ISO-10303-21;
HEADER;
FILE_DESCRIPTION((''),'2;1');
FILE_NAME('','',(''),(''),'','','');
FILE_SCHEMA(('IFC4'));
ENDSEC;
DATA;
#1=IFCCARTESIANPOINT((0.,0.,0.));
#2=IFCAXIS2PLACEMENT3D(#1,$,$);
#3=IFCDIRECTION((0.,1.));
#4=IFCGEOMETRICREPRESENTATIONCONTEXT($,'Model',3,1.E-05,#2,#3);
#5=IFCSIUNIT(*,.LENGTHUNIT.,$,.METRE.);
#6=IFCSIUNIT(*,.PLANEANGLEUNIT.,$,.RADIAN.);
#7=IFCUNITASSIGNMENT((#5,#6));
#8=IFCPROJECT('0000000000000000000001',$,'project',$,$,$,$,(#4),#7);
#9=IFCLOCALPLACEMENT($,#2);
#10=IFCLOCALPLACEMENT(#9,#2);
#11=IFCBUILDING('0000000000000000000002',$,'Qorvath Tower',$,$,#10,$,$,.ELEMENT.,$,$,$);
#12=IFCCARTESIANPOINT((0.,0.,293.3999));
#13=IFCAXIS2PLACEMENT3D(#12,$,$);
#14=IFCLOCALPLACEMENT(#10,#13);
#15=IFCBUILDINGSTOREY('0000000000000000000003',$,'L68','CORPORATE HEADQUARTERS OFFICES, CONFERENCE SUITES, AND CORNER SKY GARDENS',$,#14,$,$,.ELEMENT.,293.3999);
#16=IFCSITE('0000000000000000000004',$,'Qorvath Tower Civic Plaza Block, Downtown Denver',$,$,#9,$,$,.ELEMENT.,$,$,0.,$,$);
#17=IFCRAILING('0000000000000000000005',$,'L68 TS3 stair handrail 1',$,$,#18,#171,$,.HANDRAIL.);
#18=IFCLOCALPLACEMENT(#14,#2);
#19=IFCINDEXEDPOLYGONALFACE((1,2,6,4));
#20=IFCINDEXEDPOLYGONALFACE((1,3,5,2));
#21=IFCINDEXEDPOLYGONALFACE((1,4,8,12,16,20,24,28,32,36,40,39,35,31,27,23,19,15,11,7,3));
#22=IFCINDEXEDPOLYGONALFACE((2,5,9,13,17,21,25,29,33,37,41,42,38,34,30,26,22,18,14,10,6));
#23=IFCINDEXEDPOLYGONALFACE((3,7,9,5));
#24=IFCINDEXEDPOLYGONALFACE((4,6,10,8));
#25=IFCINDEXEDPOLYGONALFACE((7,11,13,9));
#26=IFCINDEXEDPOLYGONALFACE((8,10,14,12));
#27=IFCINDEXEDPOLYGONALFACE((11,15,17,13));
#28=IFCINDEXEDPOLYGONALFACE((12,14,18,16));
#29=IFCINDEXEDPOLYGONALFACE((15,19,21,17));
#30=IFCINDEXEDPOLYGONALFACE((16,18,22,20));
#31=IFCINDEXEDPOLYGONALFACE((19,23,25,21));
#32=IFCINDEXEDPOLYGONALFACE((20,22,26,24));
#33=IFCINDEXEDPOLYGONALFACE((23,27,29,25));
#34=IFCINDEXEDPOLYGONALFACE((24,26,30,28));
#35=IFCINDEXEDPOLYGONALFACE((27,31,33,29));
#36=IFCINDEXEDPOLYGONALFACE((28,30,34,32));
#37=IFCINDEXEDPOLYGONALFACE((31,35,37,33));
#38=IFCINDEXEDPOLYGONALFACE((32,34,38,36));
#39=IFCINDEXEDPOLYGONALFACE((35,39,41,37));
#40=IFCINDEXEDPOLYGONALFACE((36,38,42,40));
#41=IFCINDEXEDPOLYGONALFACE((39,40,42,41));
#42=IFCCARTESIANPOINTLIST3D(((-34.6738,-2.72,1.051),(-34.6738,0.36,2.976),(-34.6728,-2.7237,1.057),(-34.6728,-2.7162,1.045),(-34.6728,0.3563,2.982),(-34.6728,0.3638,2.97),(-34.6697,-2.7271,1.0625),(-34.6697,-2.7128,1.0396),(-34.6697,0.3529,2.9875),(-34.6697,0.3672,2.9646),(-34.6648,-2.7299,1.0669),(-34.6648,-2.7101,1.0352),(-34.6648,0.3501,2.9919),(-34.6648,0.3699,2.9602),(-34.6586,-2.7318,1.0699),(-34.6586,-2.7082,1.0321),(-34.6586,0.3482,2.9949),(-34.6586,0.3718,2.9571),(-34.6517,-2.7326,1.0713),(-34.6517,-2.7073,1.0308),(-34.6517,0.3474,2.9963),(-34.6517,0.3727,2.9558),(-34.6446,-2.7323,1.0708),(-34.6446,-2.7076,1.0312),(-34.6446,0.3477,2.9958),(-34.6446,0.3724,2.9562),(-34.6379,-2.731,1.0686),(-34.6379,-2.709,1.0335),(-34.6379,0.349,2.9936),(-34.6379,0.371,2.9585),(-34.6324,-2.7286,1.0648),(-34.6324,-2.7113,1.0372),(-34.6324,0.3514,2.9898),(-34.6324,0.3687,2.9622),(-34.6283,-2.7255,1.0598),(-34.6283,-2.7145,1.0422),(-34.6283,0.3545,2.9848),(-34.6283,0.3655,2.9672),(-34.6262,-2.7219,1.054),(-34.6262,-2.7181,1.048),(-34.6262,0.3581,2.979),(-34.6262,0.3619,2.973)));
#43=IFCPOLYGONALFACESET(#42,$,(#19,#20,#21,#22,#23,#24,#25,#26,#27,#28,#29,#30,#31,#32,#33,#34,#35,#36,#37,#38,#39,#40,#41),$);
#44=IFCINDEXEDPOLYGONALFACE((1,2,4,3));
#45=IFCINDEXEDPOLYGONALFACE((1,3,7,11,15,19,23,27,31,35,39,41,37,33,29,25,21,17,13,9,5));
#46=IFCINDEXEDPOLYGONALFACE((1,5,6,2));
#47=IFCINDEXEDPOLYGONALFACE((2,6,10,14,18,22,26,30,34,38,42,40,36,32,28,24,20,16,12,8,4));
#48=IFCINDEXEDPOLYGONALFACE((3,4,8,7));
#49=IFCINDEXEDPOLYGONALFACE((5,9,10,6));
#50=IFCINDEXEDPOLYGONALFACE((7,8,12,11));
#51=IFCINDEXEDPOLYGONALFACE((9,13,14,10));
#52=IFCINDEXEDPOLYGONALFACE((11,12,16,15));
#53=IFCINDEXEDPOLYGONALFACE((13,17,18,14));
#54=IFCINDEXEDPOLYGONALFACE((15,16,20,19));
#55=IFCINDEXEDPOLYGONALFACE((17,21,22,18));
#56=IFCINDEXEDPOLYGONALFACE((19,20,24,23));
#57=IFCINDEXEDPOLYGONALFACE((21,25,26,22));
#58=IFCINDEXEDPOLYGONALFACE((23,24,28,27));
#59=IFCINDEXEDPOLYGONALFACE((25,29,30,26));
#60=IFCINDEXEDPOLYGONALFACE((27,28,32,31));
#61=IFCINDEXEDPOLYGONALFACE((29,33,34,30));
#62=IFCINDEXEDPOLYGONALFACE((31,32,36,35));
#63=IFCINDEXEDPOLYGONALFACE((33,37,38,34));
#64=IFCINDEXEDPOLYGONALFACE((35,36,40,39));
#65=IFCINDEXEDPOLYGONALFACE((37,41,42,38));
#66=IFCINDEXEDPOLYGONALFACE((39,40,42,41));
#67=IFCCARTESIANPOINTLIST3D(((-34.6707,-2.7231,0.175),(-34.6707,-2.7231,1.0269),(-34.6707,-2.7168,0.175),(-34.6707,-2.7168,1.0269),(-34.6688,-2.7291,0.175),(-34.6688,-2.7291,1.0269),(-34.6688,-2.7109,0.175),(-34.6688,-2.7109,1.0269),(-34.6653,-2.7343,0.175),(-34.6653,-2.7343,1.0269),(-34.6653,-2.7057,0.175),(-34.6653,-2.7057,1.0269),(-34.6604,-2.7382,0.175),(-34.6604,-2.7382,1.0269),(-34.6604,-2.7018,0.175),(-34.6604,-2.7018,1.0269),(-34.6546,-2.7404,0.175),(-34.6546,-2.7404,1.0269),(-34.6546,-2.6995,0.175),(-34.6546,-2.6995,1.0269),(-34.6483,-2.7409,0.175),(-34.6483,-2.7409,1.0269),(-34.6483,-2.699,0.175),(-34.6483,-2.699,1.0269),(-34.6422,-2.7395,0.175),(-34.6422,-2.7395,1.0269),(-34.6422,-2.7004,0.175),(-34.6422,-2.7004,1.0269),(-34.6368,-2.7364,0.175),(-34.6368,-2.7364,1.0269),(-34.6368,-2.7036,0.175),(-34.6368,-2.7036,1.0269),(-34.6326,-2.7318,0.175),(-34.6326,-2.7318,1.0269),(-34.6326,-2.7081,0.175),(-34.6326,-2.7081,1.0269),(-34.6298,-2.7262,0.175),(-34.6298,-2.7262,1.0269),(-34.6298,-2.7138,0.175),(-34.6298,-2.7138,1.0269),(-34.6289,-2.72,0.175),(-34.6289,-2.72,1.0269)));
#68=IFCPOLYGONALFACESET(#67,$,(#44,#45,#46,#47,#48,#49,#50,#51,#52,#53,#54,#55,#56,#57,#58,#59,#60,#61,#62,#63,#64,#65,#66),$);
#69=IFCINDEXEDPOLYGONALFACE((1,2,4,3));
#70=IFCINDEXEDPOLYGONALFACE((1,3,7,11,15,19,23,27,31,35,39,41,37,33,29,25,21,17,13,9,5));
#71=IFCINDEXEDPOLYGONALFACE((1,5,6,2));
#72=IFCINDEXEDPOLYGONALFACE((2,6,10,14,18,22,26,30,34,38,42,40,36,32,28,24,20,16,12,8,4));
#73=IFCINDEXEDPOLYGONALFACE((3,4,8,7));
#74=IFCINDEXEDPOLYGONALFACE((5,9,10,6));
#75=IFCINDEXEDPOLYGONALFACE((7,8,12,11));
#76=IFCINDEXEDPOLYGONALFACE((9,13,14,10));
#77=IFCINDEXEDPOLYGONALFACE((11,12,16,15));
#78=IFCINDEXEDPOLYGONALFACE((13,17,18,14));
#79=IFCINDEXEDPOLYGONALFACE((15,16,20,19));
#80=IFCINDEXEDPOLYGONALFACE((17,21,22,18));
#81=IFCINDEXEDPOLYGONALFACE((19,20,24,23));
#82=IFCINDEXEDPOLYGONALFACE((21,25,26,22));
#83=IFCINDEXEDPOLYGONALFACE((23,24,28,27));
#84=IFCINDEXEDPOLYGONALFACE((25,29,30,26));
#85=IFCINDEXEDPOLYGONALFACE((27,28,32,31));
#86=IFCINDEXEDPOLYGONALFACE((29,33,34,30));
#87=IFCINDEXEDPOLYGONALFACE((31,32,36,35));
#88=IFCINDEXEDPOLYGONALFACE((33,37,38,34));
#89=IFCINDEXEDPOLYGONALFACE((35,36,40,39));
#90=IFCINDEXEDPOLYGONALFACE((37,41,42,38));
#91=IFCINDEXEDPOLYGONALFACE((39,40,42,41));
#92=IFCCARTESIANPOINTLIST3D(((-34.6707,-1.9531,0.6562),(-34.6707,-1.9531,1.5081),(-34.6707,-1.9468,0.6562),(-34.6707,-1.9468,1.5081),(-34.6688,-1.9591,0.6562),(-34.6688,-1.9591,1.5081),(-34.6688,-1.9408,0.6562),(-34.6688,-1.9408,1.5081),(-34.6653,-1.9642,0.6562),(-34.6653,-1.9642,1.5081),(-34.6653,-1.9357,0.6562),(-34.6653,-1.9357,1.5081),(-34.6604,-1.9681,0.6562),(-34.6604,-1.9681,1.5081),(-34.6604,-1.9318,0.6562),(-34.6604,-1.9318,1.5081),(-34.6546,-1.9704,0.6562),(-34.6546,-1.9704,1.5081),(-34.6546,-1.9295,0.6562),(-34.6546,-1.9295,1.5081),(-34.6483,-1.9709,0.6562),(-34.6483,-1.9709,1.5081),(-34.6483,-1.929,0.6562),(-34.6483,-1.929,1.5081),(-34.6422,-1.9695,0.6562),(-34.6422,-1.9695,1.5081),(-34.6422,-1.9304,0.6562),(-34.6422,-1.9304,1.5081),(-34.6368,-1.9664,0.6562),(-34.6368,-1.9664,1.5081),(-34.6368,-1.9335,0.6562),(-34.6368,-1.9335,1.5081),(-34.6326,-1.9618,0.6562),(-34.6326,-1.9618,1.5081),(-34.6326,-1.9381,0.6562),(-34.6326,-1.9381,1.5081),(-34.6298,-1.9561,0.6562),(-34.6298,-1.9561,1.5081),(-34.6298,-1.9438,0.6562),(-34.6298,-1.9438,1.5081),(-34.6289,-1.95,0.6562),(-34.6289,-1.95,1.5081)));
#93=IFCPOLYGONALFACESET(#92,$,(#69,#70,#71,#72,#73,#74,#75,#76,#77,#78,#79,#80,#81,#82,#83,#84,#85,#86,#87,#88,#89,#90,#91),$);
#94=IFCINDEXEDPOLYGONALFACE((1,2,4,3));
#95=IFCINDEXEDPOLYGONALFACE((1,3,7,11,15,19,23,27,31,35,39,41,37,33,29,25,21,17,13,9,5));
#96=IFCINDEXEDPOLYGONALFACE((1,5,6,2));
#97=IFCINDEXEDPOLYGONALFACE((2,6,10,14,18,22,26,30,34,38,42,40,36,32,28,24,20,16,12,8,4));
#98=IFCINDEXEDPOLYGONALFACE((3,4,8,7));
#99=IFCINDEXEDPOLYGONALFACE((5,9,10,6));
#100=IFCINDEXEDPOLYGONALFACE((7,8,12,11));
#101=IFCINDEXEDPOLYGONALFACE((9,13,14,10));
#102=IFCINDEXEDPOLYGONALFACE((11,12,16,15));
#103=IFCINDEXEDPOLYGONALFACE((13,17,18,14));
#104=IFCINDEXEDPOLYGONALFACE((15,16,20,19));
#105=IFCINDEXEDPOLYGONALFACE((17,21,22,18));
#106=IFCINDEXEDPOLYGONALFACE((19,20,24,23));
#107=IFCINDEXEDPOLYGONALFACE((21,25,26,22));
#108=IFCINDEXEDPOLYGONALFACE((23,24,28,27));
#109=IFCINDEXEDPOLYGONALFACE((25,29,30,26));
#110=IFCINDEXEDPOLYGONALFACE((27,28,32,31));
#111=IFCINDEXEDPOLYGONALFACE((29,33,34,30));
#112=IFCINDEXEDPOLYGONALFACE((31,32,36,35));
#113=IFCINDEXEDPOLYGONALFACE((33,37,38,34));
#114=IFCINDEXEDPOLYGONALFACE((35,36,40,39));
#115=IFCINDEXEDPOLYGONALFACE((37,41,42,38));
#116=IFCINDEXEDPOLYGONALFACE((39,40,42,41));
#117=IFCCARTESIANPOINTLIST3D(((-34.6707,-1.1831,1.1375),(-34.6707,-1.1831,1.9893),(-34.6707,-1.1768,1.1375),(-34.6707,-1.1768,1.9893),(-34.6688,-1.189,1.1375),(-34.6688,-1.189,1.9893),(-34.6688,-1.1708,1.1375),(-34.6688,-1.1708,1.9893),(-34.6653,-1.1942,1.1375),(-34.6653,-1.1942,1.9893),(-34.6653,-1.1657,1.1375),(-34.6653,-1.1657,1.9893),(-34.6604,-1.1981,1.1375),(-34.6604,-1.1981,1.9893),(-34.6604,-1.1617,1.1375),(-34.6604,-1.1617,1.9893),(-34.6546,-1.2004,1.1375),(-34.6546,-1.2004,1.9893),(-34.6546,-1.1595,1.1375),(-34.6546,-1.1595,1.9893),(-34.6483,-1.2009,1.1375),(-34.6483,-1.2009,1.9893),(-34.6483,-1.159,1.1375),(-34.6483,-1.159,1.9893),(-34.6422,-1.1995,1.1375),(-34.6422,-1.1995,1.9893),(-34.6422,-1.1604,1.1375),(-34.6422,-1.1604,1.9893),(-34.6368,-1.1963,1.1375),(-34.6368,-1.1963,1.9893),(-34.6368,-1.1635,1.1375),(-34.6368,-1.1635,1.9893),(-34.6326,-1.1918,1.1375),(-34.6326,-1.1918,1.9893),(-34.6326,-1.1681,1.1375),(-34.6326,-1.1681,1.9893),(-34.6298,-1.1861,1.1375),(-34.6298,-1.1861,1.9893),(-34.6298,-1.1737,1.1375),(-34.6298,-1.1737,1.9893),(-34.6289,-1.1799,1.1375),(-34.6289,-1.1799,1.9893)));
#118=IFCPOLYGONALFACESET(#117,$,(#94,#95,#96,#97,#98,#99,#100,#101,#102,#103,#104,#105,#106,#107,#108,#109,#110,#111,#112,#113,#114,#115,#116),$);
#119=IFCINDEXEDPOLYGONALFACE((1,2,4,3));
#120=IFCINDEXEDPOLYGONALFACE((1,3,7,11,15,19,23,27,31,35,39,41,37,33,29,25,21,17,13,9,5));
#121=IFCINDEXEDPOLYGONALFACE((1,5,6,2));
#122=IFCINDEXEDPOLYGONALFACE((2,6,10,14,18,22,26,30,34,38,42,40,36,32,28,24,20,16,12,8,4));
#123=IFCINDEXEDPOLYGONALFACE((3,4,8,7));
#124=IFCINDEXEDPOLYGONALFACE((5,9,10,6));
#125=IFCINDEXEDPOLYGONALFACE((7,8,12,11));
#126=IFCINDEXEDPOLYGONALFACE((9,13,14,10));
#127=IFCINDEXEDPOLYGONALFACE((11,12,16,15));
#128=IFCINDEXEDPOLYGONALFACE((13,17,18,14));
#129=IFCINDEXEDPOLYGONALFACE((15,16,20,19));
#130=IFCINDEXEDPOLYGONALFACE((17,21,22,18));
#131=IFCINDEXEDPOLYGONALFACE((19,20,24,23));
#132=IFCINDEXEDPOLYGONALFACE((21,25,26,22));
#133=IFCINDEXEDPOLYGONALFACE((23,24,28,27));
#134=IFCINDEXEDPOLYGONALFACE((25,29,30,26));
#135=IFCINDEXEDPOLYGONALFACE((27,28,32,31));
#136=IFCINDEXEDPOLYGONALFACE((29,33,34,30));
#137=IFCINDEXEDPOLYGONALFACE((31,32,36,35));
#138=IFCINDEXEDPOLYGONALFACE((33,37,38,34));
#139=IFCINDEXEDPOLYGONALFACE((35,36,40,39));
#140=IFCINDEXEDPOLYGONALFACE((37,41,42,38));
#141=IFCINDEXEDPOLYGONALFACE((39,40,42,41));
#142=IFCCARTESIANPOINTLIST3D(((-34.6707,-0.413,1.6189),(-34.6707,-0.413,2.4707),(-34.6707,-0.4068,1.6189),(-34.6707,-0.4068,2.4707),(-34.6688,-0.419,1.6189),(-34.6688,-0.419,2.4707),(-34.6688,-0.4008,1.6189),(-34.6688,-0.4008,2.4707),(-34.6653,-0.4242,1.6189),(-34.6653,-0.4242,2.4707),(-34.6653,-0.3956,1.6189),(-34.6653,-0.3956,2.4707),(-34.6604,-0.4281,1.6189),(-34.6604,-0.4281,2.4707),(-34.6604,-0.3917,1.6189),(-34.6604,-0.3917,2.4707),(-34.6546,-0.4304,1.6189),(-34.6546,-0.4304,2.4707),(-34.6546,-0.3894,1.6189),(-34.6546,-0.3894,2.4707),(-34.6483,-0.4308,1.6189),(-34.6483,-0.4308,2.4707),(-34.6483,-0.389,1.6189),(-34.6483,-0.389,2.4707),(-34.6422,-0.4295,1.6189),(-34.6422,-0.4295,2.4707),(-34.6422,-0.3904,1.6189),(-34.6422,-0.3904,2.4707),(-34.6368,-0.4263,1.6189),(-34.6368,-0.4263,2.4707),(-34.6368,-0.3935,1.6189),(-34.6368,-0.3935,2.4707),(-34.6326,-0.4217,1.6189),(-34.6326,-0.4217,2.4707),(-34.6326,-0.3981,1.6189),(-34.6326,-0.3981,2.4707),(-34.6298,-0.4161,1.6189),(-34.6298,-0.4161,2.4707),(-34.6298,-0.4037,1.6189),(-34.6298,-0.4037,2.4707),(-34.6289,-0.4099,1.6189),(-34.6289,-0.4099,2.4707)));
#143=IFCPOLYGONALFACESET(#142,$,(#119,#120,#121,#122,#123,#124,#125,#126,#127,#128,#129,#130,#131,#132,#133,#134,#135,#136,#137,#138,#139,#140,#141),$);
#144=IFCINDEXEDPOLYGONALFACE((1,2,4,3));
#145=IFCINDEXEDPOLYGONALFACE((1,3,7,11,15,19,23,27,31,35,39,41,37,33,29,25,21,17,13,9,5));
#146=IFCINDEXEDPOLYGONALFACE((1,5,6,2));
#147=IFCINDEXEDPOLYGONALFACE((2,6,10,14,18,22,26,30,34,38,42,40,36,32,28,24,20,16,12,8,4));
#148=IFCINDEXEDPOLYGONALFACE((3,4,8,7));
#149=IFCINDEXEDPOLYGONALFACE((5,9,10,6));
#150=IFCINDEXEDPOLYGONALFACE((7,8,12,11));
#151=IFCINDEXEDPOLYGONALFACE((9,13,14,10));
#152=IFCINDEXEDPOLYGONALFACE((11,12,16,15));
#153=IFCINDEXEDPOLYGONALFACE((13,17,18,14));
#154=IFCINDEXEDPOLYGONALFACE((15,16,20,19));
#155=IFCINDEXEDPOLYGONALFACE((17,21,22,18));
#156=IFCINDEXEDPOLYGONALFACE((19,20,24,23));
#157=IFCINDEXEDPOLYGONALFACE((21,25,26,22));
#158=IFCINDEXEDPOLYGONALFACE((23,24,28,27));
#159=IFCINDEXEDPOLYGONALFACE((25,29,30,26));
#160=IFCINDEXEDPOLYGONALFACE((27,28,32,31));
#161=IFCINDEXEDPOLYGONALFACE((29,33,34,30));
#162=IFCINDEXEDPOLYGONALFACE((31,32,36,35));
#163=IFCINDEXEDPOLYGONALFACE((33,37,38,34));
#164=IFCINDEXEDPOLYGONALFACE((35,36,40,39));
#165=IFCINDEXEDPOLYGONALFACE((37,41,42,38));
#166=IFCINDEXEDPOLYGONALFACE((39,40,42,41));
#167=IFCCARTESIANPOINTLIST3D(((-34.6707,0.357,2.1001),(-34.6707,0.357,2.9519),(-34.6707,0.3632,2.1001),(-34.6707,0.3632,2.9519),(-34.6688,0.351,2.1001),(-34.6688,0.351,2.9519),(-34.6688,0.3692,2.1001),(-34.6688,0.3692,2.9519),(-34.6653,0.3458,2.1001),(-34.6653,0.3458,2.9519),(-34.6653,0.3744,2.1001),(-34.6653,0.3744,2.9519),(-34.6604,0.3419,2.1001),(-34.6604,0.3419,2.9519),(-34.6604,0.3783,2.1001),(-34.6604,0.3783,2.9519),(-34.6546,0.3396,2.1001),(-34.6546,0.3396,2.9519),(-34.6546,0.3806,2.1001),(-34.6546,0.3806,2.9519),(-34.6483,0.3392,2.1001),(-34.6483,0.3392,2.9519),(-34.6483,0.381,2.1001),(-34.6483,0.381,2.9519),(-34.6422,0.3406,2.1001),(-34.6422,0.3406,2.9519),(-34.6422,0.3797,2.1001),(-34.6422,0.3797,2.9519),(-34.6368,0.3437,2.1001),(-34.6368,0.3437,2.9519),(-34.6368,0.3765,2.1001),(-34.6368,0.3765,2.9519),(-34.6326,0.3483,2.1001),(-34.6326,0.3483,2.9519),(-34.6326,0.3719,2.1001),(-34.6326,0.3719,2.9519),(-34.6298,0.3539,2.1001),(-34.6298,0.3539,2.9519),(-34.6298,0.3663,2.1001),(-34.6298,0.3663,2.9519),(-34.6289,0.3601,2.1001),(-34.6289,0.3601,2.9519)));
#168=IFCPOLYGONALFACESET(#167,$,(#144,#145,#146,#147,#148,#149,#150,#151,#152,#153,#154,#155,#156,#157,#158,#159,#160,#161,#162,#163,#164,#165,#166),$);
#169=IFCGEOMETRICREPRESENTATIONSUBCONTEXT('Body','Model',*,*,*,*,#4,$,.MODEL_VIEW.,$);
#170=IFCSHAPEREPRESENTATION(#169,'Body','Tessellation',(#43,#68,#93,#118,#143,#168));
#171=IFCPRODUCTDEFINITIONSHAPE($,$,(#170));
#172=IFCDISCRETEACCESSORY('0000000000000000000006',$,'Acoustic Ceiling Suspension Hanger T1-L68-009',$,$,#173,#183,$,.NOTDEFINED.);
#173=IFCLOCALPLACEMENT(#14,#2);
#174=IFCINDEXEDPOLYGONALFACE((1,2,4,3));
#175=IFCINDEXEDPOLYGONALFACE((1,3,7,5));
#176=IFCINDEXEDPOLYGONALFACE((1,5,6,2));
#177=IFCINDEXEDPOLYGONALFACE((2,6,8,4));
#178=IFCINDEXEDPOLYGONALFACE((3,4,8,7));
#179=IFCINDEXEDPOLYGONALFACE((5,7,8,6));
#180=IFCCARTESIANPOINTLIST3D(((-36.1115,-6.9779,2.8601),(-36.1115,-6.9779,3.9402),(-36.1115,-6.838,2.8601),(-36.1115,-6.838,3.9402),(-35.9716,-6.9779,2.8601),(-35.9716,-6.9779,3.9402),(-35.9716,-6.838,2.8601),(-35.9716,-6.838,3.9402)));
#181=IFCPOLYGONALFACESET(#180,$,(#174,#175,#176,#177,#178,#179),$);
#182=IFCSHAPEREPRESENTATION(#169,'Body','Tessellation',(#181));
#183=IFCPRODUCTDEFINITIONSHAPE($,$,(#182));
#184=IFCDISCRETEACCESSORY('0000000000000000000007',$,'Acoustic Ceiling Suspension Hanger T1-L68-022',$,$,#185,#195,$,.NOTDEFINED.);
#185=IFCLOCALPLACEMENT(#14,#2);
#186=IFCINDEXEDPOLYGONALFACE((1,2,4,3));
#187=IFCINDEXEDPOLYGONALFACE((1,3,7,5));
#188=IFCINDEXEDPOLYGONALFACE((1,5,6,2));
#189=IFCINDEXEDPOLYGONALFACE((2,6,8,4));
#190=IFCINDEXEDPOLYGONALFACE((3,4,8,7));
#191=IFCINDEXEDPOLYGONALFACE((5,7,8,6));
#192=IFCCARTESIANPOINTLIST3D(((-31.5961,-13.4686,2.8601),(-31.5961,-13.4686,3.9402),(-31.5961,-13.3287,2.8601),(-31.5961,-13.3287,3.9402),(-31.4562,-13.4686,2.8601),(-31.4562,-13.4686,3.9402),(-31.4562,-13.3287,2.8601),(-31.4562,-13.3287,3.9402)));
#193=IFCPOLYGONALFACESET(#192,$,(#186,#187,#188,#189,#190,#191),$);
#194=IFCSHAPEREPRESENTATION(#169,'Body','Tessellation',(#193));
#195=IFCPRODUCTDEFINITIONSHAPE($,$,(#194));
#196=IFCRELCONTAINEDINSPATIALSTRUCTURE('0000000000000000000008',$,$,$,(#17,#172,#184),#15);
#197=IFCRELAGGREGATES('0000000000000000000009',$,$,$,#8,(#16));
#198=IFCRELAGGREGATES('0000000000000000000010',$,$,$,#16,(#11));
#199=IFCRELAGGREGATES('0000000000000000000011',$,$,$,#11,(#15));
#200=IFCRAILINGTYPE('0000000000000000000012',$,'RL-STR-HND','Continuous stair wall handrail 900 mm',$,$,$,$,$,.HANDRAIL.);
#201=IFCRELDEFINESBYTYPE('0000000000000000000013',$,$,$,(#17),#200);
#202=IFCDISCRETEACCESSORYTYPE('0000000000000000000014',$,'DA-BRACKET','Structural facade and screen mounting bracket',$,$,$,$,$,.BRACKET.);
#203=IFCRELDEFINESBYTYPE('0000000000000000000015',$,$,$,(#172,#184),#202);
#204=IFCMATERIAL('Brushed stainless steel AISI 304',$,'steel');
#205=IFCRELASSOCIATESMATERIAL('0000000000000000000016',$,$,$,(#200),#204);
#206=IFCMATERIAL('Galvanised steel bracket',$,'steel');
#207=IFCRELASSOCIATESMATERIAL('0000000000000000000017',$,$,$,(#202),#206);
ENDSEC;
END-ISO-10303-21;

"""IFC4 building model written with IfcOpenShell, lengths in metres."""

from ifc_helpers import new_model, si_unit, direction, frame, origin, origin_2d, place, context, subcontext, project, spatial, rectangle, circle, extrude, material, type_object, element, save


model = new_model("IFC4")

# Units and contexts
model_context = context("Model", 3, precision=1e-05, world=origin(), true_north=direction((0.0, 1.0)))
body_context = subcontext(model_context, "Body", "Model", "MODEL_VIEW")
ifc_project = project(units=[si_unit("LENGTHUNIT", "METRE"), si_unit("PLANEANGLEUNIT", "RADIAN")], contexts=[model_context])

# Site, building, storey
site_placement = place(None, origin())
site = spatial("IfcSite", under=ifc_project, at=site_placement, Name="Qorvath Tower Civic Plaza Block, Downtown Denver", CompositionType="ELEMENT", RefElevation=0.0)
building_placement = place(site_placement, origin())
building = spatial("IfcBuilding", under=site, at=building_placement, Name="Qorvath Tower", CompositionType="ELEMENT")
storey_placement = place(building_placement, frame((0.0, 0.0, 293.3999)))
storey = spatial("IfcBuildingStorey", under=building, at=storey_placement, Name="L68", Description="CORPORATE HEADQUARTERS OFFICES, CONFERENCE SUITES, AND CORNER SKY GARDENS", CompositionType="ELEMENT", Elevation=293.3999)

# Railing
ifc_material_1 = material(Name="Brushed stainless steel AISI 304", Category="steel")
railing_type_1 = type_object("IfcRailingType", Name="RL-STR-HND", Description="Continuous stair wall handrail 900 mm", PredefinedType="HANDRAIL", material=ifc_material_1)
railing_1_placement = place(storey_placement, frame((-34.6499, -2.72, 0.175)))
element("IfcRailing", 1, at=railing_1_placement, inside=storey, type_object=railing_type_1, Name="L68 TS3 stair handrail 1", PredefinedType="HANDRAIL", context=body_context, shape_type="SweptSolid", body=[
    extrude(circle(Radius=0.0239, at=origin_2d()), frame((0.0, 0.0, 0.876), z_axis=(0.0, 0.847998, 0.529999), x_axis=(-1.0, 0.0, 0.0)), (0.0, 0.0, 1.0), 3.6321),
    extrude(circle(Radius=0.021, at=origin_2d()), origin(), (0.0, 0.0, 1.0), 0.8518),
    extrude(circle(Radius=0.021, at=origin_2d()), frame((0.0, 0.77, 0.4812)), (0.0, 0.0, 1.0), 0.8518),
    extrude(circle(Radius=0.021, at=origin_2d()), frame((0.0, 1.54, 0.9624)), (0.0, 0.0, 1.0), 0.8518),
    extrude(circle(Radius=0.021, at=origin_2d()), frame((0.0, 2.3101, 1.4438)), (0.0, 0.0, 1.0), 0.8518),
    extrude(circle(Radius=0.021, at=origin_2d()), frame((0.0, 3.0801, 1.925)), (0.0, 0.0, 1.0), 0.8518),
])

# Discrete accessories
ifc_material_2 = material(Name="Galvanised steel bracket", Category="steel")
discrete_accessory_type = type_object("IfcDiscreteAccessoryType", Name="DA-BRACKET", Description="Structural facade and screen mounting bracket", PredefinedType="BRACKET", material=ifc_material_2)
for number, where, z_axis, x_axis, name in (
    (2, (-36.0415, -6.908, 2.8601), (0.0, 0.0, 1.0), (1.0, 0.0, 0.0), "Acoustic Ceiling Suspension Hanger T1-L68-009"),
    (3, (-31.5261, -13.3987, 2.8601), (0.0, 0.0, 1.0), (1.0, 0.0, 0.0), "Acoustic Ceiling Suspension Hanger T1-L68-022"),
):
    element("IfcDiscreteAccessory", number, at=place(storey_placement, frame(where, z_axis=z_axis, x_axis=x_axis)), inside=storey, type_object=discrete_accessory_type, Name=name, PredefinedType="NOTDEFINED", context=body_context, shape_type="SweptSolid", body=[
        extrude(rectangle(XDim=0.1399, YDim=0.1399, at=origin_2d()), origin(), (0.0, 0.0, 1.0), 1.0801),
    ])

save(model, "model.ifc")
